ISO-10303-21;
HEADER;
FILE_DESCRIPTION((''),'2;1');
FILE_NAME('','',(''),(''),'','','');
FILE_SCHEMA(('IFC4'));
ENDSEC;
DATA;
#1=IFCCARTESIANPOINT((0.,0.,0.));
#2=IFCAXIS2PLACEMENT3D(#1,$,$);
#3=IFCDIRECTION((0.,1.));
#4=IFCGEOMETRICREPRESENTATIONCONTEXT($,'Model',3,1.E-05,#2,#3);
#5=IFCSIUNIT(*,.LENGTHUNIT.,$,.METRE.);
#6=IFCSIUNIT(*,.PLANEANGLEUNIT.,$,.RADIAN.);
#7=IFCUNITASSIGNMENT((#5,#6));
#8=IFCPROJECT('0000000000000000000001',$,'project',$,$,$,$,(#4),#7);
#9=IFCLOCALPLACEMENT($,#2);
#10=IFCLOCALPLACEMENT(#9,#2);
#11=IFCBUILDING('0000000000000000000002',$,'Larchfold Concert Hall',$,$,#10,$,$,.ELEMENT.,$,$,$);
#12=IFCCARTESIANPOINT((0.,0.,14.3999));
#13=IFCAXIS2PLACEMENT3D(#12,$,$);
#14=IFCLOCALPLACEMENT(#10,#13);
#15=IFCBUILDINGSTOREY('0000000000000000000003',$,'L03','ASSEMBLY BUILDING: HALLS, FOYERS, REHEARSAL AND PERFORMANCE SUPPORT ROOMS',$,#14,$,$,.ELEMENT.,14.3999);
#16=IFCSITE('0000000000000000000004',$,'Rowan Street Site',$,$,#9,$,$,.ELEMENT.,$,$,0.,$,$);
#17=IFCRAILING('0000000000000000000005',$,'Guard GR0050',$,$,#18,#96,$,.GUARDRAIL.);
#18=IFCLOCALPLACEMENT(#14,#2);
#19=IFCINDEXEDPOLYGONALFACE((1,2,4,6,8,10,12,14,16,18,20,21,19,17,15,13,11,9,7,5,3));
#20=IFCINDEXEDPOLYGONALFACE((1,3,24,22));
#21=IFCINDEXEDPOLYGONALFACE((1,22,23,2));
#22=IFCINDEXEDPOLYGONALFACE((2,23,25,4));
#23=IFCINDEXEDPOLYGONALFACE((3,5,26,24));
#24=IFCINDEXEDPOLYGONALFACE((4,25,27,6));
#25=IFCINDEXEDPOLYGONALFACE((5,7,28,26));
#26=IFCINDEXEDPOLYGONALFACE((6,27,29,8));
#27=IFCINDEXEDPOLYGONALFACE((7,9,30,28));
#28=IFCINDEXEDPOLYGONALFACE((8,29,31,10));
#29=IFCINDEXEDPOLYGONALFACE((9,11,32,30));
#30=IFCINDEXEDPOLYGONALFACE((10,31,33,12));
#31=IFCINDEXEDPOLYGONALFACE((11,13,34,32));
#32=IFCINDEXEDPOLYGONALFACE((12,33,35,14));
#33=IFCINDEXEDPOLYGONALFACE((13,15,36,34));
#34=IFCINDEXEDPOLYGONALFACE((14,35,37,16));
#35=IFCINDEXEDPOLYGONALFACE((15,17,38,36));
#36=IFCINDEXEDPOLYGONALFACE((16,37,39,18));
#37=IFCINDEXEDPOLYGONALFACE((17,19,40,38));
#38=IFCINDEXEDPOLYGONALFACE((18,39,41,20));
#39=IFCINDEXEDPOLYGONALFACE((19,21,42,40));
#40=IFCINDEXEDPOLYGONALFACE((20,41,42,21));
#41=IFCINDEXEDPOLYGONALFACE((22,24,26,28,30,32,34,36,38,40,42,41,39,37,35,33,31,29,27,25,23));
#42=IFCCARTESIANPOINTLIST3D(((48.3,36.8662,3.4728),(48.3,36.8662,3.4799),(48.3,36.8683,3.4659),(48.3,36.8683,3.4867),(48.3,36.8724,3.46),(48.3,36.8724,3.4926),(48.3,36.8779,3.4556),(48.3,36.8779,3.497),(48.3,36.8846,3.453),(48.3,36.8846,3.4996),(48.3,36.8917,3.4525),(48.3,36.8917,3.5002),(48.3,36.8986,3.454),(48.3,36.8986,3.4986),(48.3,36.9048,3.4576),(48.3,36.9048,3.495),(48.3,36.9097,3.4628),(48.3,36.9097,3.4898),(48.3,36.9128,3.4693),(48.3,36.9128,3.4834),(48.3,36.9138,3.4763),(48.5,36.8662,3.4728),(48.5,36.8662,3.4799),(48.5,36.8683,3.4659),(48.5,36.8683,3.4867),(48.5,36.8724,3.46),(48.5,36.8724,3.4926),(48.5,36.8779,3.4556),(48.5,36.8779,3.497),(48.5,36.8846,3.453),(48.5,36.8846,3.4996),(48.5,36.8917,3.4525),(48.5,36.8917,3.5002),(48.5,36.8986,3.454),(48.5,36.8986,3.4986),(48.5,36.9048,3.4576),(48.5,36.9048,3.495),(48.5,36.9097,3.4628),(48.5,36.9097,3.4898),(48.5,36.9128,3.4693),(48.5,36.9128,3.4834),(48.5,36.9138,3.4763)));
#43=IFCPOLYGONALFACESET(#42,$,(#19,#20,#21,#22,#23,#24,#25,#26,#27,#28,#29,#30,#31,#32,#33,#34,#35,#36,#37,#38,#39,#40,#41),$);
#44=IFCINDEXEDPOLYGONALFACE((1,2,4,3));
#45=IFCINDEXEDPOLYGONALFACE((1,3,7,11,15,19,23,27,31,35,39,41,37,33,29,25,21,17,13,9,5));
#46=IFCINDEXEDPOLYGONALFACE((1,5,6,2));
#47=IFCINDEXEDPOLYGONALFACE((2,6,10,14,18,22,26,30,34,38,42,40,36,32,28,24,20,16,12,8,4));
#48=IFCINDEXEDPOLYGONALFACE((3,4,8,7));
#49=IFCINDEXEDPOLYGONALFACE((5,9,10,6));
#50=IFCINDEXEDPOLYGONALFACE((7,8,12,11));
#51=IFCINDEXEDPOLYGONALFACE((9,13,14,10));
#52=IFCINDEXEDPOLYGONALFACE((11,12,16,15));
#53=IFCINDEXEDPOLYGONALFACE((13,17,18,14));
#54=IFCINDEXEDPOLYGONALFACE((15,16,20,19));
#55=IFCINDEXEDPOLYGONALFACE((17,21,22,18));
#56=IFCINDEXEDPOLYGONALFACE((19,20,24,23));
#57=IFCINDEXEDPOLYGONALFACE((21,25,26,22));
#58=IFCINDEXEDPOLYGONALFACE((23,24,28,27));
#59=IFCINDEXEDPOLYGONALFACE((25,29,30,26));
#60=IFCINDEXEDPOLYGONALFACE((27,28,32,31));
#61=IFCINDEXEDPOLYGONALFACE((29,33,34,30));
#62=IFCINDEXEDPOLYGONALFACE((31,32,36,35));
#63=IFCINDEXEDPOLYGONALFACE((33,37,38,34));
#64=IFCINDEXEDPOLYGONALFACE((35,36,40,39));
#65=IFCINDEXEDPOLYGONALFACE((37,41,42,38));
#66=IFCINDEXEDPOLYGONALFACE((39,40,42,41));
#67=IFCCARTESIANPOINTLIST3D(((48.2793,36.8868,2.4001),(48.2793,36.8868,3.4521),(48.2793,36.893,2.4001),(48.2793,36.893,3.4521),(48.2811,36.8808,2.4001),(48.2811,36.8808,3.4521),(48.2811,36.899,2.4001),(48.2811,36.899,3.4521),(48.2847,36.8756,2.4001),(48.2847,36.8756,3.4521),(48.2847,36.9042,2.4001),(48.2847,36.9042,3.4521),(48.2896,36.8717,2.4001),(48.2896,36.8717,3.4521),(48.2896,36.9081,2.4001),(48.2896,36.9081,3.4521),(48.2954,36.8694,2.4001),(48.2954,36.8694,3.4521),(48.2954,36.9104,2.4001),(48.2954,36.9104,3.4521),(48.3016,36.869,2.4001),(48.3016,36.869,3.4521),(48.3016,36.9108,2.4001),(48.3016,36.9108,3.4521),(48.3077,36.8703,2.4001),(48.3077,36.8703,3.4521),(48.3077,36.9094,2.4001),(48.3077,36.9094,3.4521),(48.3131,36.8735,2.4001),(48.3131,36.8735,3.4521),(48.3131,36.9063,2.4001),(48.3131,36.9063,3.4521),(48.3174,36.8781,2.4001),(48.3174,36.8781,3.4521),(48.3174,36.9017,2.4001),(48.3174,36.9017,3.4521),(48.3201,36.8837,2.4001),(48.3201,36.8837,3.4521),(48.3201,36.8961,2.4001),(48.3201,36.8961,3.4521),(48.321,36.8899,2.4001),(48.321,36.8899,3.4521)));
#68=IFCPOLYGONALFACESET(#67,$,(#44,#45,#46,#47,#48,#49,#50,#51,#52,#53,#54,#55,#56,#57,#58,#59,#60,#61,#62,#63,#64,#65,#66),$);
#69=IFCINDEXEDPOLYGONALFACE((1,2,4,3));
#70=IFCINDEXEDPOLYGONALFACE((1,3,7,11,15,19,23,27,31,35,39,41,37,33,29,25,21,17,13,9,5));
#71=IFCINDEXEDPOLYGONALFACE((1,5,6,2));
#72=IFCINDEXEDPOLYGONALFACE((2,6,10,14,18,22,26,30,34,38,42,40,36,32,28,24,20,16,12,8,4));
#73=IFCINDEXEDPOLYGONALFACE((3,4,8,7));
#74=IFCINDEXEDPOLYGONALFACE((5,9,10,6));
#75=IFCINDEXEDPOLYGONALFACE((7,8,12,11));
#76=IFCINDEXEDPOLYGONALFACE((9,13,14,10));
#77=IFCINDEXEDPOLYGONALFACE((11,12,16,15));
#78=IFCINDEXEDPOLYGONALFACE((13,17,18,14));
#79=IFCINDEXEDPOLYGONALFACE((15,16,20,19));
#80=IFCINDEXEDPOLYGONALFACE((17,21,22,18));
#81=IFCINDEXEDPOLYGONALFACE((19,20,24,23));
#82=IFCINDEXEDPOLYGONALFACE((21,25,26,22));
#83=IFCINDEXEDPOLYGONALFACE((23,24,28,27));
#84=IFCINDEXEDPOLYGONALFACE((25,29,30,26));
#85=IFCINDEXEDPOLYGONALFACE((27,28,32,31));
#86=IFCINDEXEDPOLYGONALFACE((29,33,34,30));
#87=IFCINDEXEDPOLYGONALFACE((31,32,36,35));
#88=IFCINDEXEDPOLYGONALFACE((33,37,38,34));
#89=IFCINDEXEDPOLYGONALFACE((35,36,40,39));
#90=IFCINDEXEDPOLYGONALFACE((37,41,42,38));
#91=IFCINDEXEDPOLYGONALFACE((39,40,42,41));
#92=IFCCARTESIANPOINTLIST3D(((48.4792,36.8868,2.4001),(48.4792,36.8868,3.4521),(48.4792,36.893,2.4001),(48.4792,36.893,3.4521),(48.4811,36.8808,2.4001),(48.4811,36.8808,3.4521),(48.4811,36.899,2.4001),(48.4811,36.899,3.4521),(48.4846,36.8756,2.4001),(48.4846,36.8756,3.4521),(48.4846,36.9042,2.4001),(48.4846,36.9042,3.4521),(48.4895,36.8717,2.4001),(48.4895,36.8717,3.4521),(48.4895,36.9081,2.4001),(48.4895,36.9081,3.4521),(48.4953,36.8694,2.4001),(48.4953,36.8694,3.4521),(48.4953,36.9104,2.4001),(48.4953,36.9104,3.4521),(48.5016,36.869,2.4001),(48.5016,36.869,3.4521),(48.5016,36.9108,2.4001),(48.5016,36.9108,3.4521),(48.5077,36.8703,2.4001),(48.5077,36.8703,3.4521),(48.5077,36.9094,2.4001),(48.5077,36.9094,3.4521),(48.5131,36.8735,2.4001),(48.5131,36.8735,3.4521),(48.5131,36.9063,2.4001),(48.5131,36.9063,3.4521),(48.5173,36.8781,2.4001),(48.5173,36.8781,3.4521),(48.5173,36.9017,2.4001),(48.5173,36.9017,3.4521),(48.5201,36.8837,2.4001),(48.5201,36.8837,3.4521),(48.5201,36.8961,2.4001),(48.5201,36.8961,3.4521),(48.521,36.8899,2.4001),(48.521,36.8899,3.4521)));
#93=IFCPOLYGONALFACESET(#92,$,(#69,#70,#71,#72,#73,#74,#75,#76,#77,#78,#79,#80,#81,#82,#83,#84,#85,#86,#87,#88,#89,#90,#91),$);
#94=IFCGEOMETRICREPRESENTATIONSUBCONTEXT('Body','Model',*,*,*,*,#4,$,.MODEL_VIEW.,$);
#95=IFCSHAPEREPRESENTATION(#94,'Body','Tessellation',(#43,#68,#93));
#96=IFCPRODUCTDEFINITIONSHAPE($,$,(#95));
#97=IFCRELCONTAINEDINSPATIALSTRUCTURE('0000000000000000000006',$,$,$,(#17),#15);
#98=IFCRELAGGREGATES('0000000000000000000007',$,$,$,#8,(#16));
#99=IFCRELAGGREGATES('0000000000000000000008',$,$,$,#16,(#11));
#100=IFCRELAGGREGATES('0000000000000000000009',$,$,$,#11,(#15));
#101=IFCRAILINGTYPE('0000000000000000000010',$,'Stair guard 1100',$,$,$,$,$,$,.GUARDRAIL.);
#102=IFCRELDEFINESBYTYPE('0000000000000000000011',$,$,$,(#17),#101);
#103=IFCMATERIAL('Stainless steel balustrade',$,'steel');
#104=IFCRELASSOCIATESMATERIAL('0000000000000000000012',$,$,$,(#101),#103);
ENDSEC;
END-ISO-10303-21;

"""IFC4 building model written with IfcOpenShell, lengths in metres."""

from ifc_helpers import new_model, si_unit, direction, frame, origin, origin_2d, place, context, subcontext, project, spatial, circle, extrude, material, type_object, element, save


model = new_model("IFC4")

# Units and contexts
model_context = context("Model", 3, precision=1e-05, world=origin(), true_north=direction((0.0, 1.0)))
body_context = subcontext(model_context, "Body", "Model", "MODEL_VIEW")
ifc_project = project(units=[si_unit("LENGTHUNIT", "METRE"), si_unit("PLANEANGLEUNIT", "RADIAN")], contexts=[model_context])

# Site, building, storey
site_placement = place(None, origin())
site = spatial("IfcSite", under=ifc_project, at=site_placement, Name="Rowan Street Site", CompositionType="ELEMENT", RefElevation=0.0)
building_placement = place(site_placement, origin())
building = spatial("IfcBuilding", under=site, at=building_placement, Name="Larchfold Concert Hall", CompositionType="ELEMENT")
storey_placement = place(building_placement, frame((0.0, 0.0, 14.3999)))
storey = spatial("IfcBuildingStorey", under=building, at=storey_placement, Name="L03", Description="ASSEMBLY BUILDING: HALLS, FOYERS, REHEARSAL AND PERFORMANCE SUPPORT ROOMS", CompositionType="ELEMENT", Elevation=14.3999)

# Railing
ifc_material_1 = material(Name="Stainless steel balustrade", Category="steel")
railing_type_1 = type_object("IfcRailingType", Name="Stair guard 1100", PredefinedType="GUARDRAIL", material=ifc_material_1)
railing_1_placement = place(storey_placement, frame((48.3, 36.8899, 2.4001)))
element("IfcRailing", 1, at=railing_1_placement, inside=storey, type_object=railing_type_1, Name="Guard GR0050", PredefinedType="GUARDRAIL", context=body_context, shape_type="SweptSolid", body=[
    extrude(circle(Radius=0.0239, at=origin_2d()), frame((0.0, 0.0, 1.0762), z_axis=(1.0, 0.0, 0.0), x_axis=(0.0, 1.0, 0.0)), (0.0, 0.0, 1.0), 0.2),
    extrude(circle(Radius=0.021, at=origin_2d()), origin(), (0.0, 0.0, 1.0), 1.052),
    extrude(circle(Radius=0.021, at=origin_2d()), frame((0.2, 0.0, 0.0)), (0.0, 0.0, 1.0), 1.052),
])

save(model, "model.ifc")
